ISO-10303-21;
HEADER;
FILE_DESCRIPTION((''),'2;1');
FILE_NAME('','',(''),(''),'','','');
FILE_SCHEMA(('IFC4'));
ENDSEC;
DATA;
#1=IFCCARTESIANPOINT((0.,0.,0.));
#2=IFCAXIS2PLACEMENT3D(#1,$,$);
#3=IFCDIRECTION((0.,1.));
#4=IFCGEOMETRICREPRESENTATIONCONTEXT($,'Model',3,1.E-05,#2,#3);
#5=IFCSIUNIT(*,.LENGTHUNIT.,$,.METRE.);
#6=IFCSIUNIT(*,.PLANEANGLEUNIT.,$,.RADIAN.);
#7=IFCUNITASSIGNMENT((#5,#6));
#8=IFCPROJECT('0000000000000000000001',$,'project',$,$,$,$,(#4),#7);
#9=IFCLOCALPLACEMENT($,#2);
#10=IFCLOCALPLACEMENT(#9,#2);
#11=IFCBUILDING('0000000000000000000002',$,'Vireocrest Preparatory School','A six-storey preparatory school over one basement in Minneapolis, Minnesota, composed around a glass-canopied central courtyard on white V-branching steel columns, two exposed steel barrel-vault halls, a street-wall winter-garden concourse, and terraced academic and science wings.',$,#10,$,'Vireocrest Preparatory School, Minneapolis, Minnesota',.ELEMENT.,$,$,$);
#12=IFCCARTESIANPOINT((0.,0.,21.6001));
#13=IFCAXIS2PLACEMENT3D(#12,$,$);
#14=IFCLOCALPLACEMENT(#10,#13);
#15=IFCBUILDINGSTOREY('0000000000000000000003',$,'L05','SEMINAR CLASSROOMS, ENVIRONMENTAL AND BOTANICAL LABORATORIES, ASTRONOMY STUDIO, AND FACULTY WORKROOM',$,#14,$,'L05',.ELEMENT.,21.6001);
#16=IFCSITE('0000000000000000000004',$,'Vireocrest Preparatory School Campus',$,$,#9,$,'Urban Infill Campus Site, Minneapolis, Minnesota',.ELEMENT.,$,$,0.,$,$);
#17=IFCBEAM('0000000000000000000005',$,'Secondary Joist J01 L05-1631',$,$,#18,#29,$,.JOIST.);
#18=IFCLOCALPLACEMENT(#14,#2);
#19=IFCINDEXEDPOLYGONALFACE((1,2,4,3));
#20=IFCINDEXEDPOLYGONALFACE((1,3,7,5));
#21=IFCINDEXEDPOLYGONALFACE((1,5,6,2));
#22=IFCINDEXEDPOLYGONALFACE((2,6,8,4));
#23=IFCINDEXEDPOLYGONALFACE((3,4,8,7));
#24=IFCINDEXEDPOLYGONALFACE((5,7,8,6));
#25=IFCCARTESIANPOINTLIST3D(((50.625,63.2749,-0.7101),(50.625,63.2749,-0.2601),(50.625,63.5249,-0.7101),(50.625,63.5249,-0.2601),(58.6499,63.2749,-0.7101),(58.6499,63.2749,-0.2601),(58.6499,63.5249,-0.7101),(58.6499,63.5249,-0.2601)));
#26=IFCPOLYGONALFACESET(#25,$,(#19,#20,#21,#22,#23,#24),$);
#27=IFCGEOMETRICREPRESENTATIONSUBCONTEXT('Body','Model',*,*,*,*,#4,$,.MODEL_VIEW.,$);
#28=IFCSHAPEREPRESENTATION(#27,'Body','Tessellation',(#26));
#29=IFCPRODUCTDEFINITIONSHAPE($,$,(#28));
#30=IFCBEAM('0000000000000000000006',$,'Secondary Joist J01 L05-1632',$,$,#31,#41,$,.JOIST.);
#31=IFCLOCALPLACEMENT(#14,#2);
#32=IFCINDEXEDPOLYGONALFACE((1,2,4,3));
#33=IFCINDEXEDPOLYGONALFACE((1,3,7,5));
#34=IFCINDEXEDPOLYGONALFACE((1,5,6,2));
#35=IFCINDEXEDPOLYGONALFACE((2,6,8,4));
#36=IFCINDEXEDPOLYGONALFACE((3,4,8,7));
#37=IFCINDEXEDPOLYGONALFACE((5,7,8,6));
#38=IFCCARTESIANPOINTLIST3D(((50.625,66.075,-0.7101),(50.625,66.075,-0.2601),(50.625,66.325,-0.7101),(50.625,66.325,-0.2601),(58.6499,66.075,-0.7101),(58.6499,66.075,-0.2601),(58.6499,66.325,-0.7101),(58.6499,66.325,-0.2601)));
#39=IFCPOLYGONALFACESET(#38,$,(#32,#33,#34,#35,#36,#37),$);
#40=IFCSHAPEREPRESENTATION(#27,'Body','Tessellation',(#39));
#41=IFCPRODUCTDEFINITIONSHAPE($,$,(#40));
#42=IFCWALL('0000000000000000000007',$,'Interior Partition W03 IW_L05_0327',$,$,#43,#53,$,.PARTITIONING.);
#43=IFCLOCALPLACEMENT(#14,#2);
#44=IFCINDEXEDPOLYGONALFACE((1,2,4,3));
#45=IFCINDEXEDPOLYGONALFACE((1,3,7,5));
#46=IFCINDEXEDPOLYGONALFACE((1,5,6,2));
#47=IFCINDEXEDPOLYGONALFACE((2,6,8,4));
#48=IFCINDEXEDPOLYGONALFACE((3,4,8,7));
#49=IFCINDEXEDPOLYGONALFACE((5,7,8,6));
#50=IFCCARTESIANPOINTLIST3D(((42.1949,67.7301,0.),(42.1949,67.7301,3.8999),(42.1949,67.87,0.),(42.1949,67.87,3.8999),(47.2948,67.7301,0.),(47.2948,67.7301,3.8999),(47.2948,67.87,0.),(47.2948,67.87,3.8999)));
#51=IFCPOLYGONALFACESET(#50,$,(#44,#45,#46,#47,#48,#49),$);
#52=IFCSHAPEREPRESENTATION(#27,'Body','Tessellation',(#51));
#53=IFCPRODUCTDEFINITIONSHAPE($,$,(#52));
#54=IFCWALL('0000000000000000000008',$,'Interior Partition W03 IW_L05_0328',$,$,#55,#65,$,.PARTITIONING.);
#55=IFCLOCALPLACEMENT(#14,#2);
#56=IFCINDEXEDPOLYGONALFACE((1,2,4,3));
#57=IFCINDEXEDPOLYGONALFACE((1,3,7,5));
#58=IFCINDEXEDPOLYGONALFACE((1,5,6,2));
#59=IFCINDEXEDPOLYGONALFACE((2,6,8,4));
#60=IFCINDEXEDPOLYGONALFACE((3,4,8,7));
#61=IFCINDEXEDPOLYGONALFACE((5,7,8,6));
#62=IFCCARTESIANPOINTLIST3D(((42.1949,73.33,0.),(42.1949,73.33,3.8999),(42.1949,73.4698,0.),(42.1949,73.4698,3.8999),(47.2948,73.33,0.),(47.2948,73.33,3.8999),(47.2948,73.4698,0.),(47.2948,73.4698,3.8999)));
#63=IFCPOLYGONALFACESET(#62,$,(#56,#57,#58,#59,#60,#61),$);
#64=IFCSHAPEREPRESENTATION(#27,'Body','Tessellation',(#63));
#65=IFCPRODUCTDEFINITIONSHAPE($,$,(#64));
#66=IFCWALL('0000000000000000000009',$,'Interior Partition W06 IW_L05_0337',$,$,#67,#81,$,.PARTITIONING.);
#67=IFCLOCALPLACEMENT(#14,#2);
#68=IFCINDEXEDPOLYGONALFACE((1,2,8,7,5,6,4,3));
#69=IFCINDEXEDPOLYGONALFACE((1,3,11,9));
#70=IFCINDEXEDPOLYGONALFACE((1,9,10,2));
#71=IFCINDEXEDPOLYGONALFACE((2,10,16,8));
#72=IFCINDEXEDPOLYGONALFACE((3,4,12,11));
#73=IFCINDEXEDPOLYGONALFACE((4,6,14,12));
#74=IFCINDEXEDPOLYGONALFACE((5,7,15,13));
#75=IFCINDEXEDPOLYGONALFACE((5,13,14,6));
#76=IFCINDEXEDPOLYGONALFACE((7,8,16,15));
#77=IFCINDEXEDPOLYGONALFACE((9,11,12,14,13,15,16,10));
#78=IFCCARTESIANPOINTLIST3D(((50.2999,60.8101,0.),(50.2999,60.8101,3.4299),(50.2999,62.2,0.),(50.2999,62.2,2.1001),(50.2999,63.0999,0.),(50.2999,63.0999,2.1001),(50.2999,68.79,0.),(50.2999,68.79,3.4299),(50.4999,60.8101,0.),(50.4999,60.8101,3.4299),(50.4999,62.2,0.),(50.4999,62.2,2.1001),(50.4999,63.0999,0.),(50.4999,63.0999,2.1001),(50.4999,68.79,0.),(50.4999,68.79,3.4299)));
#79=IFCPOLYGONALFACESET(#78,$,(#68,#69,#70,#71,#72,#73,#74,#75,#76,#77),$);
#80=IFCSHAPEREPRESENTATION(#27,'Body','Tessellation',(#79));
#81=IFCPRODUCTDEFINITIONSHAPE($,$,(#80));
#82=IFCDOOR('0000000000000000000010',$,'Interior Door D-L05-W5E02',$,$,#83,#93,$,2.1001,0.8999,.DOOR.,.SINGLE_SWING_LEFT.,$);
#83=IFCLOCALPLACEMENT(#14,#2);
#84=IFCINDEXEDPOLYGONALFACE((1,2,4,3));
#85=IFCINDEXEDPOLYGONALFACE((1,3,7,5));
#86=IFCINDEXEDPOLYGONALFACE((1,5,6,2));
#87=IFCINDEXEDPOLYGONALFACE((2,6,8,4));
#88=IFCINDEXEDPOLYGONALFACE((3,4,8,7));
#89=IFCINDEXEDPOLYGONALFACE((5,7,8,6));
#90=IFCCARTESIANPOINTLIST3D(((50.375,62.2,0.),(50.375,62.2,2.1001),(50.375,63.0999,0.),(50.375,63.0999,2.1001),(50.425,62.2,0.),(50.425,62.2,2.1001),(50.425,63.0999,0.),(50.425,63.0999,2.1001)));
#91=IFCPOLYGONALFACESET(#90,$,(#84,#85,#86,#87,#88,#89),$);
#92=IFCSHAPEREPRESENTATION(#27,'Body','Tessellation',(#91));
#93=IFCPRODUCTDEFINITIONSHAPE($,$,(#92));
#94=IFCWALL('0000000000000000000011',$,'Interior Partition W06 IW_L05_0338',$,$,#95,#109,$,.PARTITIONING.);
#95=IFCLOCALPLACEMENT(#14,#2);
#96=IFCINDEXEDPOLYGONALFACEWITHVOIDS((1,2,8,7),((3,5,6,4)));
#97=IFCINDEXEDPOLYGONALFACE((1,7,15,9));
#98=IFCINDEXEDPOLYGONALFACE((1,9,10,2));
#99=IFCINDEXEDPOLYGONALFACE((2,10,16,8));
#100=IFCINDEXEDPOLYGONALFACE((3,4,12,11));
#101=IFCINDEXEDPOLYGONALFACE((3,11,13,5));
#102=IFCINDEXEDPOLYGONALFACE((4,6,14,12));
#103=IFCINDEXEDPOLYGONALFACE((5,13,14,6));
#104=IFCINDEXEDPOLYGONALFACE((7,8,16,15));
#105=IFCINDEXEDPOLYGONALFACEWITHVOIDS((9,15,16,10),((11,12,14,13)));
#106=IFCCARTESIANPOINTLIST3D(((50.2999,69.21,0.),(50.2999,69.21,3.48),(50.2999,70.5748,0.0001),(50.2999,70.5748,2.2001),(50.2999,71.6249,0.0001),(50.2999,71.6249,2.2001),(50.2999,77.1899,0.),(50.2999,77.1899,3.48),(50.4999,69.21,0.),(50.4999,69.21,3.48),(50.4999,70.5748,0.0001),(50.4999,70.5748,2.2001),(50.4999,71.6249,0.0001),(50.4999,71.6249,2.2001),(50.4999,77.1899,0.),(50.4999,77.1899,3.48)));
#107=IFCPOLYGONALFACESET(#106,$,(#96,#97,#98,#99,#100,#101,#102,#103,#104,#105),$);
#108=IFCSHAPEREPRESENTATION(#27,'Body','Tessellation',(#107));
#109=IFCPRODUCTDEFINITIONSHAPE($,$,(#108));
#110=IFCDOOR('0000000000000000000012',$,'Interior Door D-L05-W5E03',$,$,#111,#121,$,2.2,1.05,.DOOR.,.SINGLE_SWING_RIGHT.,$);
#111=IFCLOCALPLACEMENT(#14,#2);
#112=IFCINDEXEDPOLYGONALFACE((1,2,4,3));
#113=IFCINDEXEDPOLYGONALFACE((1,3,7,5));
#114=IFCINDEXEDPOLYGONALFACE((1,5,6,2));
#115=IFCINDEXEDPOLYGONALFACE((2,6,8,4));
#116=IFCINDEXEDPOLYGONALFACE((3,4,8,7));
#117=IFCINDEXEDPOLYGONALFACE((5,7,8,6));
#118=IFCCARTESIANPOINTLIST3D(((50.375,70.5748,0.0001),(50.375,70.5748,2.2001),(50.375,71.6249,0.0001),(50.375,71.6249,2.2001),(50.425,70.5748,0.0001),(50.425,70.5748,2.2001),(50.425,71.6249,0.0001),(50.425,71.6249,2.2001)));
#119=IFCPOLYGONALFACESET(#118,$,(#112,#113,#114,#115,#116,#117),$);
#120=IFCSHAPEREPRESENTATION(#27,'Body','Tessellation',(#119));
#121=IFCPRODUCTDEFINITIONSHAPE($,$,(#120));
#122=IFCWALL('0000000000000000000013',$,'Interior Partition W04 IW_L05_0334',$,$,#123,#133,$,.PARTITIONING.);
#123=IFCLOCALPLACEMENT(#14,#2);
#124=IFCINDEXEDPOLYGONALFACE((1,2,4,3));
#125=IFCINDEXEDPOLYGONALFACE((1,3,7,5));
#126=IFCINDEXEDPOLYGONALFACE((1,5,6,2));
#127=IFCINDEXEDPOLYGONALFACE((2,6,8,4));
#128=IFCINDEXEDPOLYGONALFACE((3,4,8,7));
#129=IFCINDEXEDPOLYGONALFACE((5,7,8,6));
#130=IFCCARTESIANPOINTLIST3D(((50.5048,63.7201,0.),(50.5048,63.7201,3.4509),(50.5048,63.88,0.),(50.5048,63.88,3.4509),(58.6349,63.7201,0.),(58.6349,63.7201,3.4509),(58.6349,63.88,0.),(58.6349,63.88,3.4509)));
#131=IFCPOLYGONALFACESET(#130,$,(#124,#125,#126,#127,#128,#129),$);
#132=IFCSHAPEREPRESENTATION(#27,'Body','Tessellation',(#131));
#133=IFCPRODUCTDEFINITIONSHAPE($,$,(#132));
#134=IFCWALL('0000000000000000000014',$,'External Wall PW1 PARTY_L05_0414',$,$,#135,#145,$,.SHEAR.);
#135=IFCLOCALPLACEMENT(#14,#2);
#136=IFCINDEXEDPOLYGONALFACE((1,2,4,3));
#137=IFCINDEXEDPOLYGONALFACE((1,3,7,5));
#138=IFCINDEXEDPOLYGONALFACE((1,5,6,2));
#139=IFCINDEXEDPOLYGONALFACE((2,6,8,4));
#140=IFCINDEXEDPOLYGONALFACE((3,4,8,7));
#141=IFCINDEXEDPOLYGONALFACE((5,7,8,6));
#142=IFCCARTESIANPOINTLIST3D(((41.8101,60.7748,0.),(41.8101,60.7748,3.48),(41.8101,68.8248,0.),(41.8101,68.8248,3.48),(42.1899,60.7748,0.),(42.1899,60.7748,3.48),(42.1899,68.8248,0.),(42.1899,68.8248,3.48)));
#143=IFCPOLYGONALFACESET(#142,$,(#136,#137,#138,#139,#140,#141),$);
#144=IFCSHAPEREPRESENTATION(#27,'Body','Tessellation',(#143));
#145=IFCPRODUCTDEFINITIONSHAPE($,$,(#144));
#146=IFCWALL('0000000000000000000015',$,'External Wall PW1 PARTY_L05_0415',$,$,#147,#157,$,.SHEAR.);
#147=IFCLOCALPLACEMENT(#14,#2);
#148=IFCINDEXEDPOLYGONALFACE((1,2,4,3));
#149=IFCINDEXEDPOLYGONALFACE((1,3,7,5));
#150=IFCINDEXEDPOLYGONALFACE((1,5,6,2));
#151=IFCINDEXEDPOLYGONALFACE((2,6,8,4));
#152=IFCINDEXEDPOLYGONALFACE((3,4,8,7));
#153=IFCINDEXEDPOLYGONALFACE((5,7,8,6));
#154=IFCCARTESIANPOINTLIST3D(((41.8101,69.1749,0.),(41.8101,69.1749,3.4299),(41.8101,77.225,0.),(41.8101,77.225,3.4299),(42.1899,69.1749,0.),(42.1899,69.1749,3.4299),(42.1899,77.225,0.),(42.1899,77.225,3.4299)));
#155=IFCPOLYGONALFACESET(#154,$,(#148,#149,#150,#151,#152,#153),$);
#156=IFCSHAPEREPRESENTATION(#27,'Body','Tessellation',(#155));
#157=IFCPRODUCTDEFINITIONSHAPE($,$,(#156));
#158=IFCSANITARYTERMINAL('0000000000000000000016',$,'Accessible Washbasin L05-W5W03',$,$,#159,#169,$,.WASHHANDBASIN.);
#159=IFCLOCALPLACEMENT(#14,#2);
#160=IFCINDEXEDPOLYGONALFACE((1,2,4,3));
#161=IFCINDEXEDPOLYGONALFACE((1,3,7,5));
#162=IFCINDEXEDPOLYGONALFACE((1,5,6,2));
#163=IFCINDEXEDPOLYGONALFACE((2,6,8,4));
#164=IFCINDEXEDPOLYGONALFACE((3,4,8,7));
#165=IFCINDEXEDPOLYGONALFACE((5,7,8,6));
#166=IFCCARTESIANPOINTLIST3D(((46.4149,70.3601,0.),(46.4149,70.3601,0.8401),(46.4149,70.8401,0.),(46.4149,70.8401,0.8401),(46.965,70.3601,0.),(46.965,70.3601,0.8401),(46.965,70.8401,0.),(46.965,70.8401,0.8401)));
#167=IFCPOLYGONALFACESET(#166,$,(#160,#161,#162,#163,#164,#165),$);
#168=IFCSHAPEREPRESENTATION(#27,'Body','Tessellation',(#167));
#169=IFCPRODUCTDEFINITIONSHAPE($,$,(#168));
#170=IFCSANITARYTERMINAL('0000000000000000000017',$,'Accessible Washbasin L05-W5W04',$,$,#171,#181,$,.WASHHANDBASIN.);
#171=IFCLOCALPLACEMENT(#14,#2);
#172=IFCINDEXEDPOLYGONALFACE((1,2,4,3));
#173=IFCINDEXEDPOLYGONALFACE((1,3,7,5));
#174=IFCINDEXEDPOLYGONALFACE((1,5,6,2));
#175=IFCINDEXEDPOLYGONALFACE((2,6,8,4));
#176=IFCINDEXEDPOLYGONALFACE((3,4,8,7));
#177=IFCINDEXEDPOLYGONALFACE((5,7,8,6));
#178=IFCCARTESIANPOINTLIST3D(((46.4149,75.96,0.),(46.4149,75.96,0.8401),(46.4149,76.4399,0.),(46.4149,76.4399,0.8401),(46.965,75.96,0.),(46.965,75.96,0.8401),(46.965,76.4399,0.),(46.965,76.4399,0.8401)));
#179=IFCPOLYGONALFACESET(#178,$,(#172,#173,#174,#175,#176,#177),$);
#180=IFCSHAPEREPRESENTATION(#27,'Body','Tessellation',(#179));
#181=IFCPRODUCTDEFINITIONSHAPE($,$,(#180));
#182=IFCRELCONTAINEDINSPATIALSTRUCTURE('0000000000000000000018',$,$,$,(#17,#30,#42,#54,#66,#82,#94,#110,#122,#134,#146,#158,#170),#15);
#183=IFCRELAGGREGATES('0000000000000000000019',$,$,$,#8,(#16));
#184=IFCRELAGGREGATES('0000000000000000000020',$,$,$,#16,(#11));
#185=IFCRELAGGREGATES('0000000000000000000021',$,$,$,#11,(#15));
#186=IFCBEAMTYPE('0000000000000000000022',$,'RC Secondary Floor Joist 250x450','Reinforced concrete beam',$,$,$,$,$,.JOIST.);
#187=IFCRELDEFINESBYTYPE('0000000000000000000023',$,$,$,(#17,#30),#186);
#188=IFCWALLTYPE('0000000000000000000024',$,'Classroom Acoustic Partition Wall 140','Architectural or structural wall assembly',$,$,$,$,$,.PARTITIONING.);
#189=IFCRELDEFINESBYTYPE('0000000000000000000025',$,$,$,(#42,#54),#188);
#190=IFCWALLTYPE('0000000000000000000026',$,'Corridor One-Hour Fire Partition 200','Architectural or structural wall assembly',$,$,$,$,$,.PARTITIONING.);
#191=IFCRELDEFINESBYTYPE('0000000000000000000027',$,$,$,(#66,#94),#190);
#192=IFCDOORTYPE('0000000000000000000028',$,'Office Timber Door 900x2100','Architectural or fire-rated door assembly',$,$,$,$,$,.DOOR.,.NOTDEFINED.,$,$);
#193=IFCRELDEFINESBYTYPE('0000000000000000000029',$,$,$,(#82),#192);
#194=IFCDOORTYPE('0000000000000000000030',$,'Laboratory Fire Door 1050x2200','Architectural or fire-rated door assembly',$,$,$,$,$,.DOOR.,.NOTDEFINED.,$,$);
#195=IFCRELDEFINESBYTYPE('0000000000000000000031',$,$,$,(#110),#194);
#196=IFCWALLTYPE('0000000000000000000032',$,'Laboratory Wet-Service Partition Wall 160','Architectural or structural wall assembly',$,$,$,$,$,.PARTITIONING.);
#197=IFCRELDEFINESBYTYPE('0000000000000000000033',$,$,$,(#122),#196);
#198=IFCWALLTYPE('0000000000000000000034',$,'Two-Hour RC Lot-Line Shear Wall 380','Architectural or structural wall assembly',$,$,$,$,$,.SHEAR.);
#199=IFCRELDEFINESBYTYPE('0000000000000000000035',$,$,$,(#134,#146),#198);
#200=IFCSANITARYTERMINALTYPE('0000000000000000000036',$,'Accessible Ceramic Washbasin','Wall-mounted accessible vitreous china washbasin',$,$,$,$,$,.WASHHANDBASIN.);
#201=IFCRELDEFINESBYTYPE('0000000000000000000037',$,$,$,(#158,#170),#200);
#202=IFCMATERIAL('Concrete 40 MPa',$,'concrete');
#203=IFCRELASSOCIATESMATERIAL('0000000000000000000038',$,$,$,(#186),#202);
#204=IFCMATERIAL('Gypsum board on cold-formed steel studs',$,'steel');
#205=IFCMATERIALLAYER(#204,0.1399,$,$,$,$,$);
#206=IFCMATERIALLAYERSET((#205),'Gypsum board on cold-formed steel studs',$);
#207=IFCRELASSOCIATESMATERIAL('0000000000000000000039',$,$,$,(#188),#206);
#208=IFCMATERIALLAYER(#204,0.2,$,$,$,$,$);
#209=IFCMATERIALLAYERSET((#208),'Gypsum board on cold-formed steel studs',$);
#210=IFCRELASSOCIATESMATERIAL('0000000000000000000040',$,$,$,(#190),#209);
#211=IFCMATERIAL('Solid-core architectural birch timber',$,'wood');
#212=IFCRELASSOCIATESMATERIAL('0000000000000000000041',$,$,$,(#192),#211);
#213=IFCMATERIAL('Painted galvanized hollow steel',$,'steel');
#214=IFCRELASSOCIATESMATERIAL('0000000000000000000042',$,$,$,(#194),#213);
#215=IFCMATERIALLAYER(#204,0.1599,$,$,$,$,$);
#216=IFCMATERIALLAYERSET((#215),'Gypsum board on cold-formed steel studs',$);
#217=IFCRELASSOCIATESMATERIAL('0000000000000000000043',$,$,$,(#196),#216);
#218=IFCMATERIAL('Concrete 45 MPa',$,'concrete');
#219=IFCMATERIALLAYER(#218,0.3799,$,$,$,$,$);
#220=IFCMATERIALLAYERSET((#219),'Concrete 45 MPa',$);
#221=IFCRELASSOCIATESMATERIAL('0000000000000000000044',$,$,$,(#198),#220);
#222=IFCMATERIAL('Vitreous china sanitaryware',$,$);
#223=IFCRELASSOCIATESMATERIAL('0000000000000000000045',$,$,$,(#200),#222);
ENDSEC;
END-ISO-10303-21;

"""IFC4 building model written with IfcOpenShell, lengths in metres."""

from ifc_helpers import new_model, si_unit, direction, frame, frame_2d, origin, origin_2d, place, context, subcontext, project, spatial, rectangle, extrude, material, layer, layer_set, material_profile, profile_set, type_object, element, fill, save


model = new_model("IFC4")

# Units and contexts
model_context = context("Model", 3, precision=1e-05, world=origin(), true_north=direction((0.0, 1.0)))
body_context = subcontext(model_context, "Body", "Model", "MODEL_VIEW")
ifc_project = project(units=[si_unit("LENGTHUNIT", "METRE"), si_unit("PLANEANGLEUNIT", "RADIAN")], contexts=[model_context])

# Site, building, storey
site_placement = place(None, origin())
site = spatial("IfcSite", under=ifc_project, at=site_placement, Name="Vireocrest Preparatory School Campus", LongName="Urban Infill Campus Site, Minneapolis, Minnesota", CompositionType="ELEMENT", RefElevation=0.0)
building_placement = place(site_placement, origin())
building = spatial("IfcBuilding", under=site, at=building_placement, Name="Vireocrest Preparatory School", Description="A six-storey preparatory school over one basement in Minneapolis, Minnesota, composed around a glass-canopied central courtyard on white V-branching steel columns, two exposed steel barrel-vault halls, a street-wall winter-garden concourse, and terraced academic and science wings.", LongName="Vireocrest Preparatory School, Minneapolis, Minnesota", CompositionType="ELEMENT")
storey_placement = place(building_placement, frame((0.0, 0.0, 21.6001)))
storey = spatial("IfcBuildingStorey", under=building, at=storey_placement, Name="L05", Description="SEMINAR CLASSROOMS, ENVIRONMENTAL AND BOTANICAL LABORATORIES, ASTRONOMY STUDIO, AND FACULTY WORKROOM", LongName="L05", CompositionType="ELEMENT", Elevation=21.6001)

# Shared definitions
ifc_material_1 = material(Name="Concrete 45 MPa", Category="concrete")

# Beams
ifc_material_2 = material(Name="Concrete 40 MPa", Category="concrete")
ifc_material_profile_1 = material_profile(ifc_material_2, rectangle(XDim=0.25, YDim=0.45, at=origin_2d()), Name="RC 250x450")
ifc_profile_set_1 = profile_set([ifc_material_profile_1], Name="Concrete 40 MPa")
beam_type_1 = type_object("IfcBeamType", Name="RC Secondary Floor Joist 250x450", Description="Reinforced concrete beam", PredefinedType="JOIST", material=ifc_profile_set_1)
for number, where, z_axis, x_axis, name in (
    (1, (50.625, 63.3999, -0.4851), (1.0, 0.0, 0.0), (0.0, 1.0, 0.0), "Secondary Joist J01 L05-1631"),
    (2, (50.625, 66.2, -0.4851), (1.0, 0.0, 0.0), (0.0, 1.0, 0.0), "Secondary Joist J01 L05-1632"),
):
    element("IfcBeam", number, at=place(storey_placement, frame(where, z_axis=z_axis, x_axis=x_axis)), inside=storey, type_object=beam_type_1, Name=name, PredefinedType="JOIST", context=body_context, shape_type="SweptSolid", body=[
        extrude(rectangle(XDim=0.25, YDim=0.45, at=origin_2d()), origin(), (0.0, 0.0, 1.0), 8.0249),
    ])

# Walls
ifc_material_3 = material(Name="Gypsum board on cold-formed steel studs", Category="steel")
ifc_layer_1 = layer(ifc_material_3, 0.1399)
ifc_layer_set_1 = layer_set([ifc_layer_1], Name="Gypsum board on cold-formed steel studs")
wall_type_1 = type_object("IfcWallType", Name="Classroom Acoustic Partition Wall 140", Description="Architectural or structural wall assembly", PredefinedType="PARTITIONING", material=ifc_layer_set_1)
for number, where, z_axis, x_axis, name in (
    (3, (42.1951, 67.8, 0.0), (0.0, 0.0, 1.0), (1.0, 0.0, 0.0), "Interior Partition W03 IW_L05_0327"),
    (4, (42.1951, 73.3999, 0.0), (0.0, 0.0, 1.0), (1.0, 0.0, 0.0), "Interior Partition W03 IW_L05_0328"),
):
    element("IfcWall", number, at=place(storey_placement, frame(where, z_axis=z_axis, x_axis=x_axis)), inside=storey, type_object=wall_type_1, Name=name, PredefinedType="PARTITIONING", context=body_context, shape_type="SweptSolid", body=[
        extrude(rectangle(XDim=5.0999, YDim=0.1399, at=frame_2d((2.5498, 0.0))), origin(), (0.0, 0.0, 1.0), 3.8999),
    ])

# Walls, openings, doors
ifc_layer_2 = layer(ifc_material_3, 0.2)
ifc_layer_set_2 = layer_set([ifc_layer_2], Name="Gypsum board on cold-formed steel studs")
wall_type_2 = type_object("IfcWallType", Name="Corridor One-Hour Fire Partition 200", Description="Architectural or structural wall assembly", PredefinedType="PARTITIONING", material=ifc_layer_set_2)
wall_1_placement = place(storey_placement, frame((50.3999, 60.8101, 0.0), z_axis=(0.0, 0.0, 1.0), x_axis=(0.0, 1.0, 0.0)))
wall_1 = element("IfcWall", 5, at=wall_1_placement, inside=storey, type_object=wall_type_2, Name="Interior Partition W06 IW_L05_0337", PredefinedType="PARTITIONING", context=body_context, shape_type="SweptSolid", body=[
    extrude(rectangle(XDim=7.98, YDim=0.2, at=frame_2d((3.99, 0.0))), origin(), (0.0, 0.0, 1.0), 3.4299),
])
opening_1_placement = place(wall_1_placement, frame((1.3899, 0.0, 0.0)))
opening_1 = element("IfcOpeningElement", 6, at=opening_1_placement, cuts=wall_1, PredefinedType="OPENING", context=body_context, shape_type="SweptSolid", body=[
    extrude(rectangle(XDim=0.8999, YDim=2.1001, at=frame_2d((0.45, 1.05))), frame((0.0, 0.1099, 0.0), z_axis=(0.0, -1.0, 0.0), x_axis=(1.0, 0.0, 0.0)), (0.0, 0.0, 1.0), 0.22),
])
ifc_material_4 = material(Name="Solid-core architectural birch timber", Category="wood")
door_type_1 = type_object("IfcDoorType", Name="Office Timber Door 900x2100", Description="Architectural or fire-rated door assembly", OperationType="NOTDEFINED", PredefinedType="DOOR", material=ifc_material_4)
door_1_placement = place(opening_1_placement, origin())
door_1 = element("IfcDoor", 7, at=door_1_placement, inside=storey, type_object=door_type_1, Name="Interior Door D-L05-W5E02", OperationType="SINGLE_SWING_LEFT", OverallHeight=2.1001, OverallWidth=0.8999, PredefinedType="DOOR", context=body_context, shape_type="SweptSolid", body=[
    extrude(rectangle(XDim=0.8999, YDim=2.1001, at=frame_2d((0.45, 1.05))), frame((0.0, 0.0249, 0.0), z_axis=(0.0, -1.0, 0.0), x_axis=(1.0, 0.0, 0.0)), (0.0, 0.0, 1.0), 0.05),
])
fill(opening_1, door_1)
wall_2_placement = place(storey_placement, frame((50.3999, 69.21, 0.0), z_axis=(0.0, 0.0, 1.0), x_axis=(0.0, 1.0, 0.0)))
wall_2 = element("IfcWall", 8, at=wall_2_placement, inside=storey, type_object=wall_type_2, Name="Interior Partition W06 IW_L05_0338", PredefinedType="PARTITIONING", context=body_context, shape_type="SweptSolid", body=[
    extrude(rectangle(XDim=7.98, YDim=0.2, at=frame_2d((3.99, 0.0))), origin(), (0.0, 0.0, 1.0), 3.48),
])
opening_2_placement = place(wall_2_placement, frame((1.365, 0.0, 0.0)))
opening_2 = element("IfcOpeningElement", 9, at=opening_2_placement, cuts=wall_2, PredefinedType="OPENING", context=body_context, shape_type="SweptSolid", body=[
    extrude(rectangle(XDim=1.05, YDim=2.2, at=frame_2d((0.5249, 1.1001))), frame((0.0, 0.1099, 0.0), z_axis=(0.0, -1.0, 0.0), x_axis=(1.0, 0.0, 0.0)), (0.0, 0.0, 1.0), 0.22),
])
ifc_material_5 = material(Name="Painted galvanized hollow steel", Category="steel")
door_type_2 = type_object("IfcDoorType", Name="Laboratory Fire Door 1050x2200", Description="Architectural or fire-rated door assembly", OperationType="NOTDEFINED", PredefinedType="DOOR", material=ifc_material_5)
door_2_placement = place(opening_2_placement, origin())
door_2 = element("IfcDoor", 10, at=door_2_placement, inside=storey, type_object=door_type_2, Name="Interior Door D-L05-W5E03", OperationType="SINGLE_SWING_RIGHT", OverallHeight=2.2, OverallWidth=1.05, PredefinedType="DOOR", context=body_context, shape_type="SweptSolid", body=[
    extrude(rectangle(XDim=1.05, YDim=2.2, at=frame_2d((0.5249, 1.1001))), frame((0.0, 0.0249, 0.0), z_axis=(0.0, -1.0, 0.0), x_axis=(1.0, 0.0, 0.0)), (0.0, 0.0, 1.0), 0.05),
])
fill(opening_2, door_2)

# Walls
ifc_layer_3 = layer(ifc_material_3, 0.1599)
ifc_layer_set_3 = layer_set([ifc_layer_3], Name="Gypsum board on cold-formed steel studs")
wall_type_3 = type_object("IfcWallType", Name="Laboratory Wet-Service Partition Wall 160", Description="Architectural or structural wall assembly", PredefinedType="PARTITIONING", material=ifc_layer_set_3)
wall_3_placement = place(storey_placement, frame((50.5049, 63.8, 0.0), z_axis=(0.0, 0.0, 1.0), x_axis=(1.0, 0.0, 0.0)))
element("IfcWall", 11, at=wall_3_placement, inside=storey, type_object=wall_type_3, Name="Interior Partition W04 IW_L05_0334", PredefinedType="PARTITIONING", context=body_context, shape_type="SweptSolid", body=[
    extrude(rectangle(XDim=8.1301, YDim=0.1599, at=frame_2d((4.0649, 0.0))), origin(), (0.0, 0.0, 1.0), 3.4509),
])
ifc_layer_4 = layer(ifc_material_1, 0.3799)
ifc_layer_set_4 = layer_set([ifc_layer_4], Name="Concrete 45 MPa")
wall_type_4 = type_object("IfcWallType", Name="Two-Hour RC Lot-Line Shear Wall 380", Description="Architectural or structural wall assembly", PredefinedType="SHEAR", material=ifc_layer_set_4)
wall_4_placement = place(storey_placement, frame((42.0, 60.7749, 0.0), z_axis=(0.0, 0.0, 1.0), x_axis=(0.0, 1.0, 0.0)))
element("IfcWall", 12, at=wall_4_placement, inside=storey, type_object=wall_type_4, Name="External Wall PW1 PARTY_L05_0414", PredefinedType="SHEAR", context=body_context, shape_type="SweptSolid", body=[
    extrude(rectangle(XDim=8.05, YDim=0.3799, at=frame_2d((4.0249, 0.0))), origin(), (0.0, 0.0, 1.0), 3.48),
])
wall_5_placement = place(storey_placement, frame((42.0, 69.175, 0.0), z_axis=(0.0, 0.0, 1.0), x_axis=(0.0, 1.0, 0.0)))
element("IfcWall", 13, at=wall_5_placement, inside=storey, type_object=wall_type_4, Name="External Wall PW1 PARTY_L05_0415", PredefinedType="SHEAR", context=body_context, shape_type="SweptSolid", body=[
    extrude(rectangle(XDim=8.05, YDim=0.3799, at=frame_2d((4.0249, 0.0))), origin(), (0.0, 0.0, 1.0), 3.4299),
])

# Sanitary terminals
ifc_material_6 = material(Name="Vitreous china sanitaryware")
sanitary_terminal_type_1 = type_object("IfcSanitaryTerminalType", Name="Accessible Ceramic Washbasin", Description="Wall-mounted accessible vitreous china washbasin", PredefinedType="WASHHANDBASIN", material=ifc_material_6)
for number, where, z_axis, x_axis, name in (
    (14, (46.6899, 70.6001, 0.0), (0.0, 0.0, 1.0), (1.0, 0.0, 0.0), "Accessible Washbasin L05-W5W03"),
    (15, (46.6899, 76.2, 0.0), (0.0, 0.0, 1.0), (1.0, 0.0, 0.0), "Accessible Washbasin L05-W5W04"),
):
    element("IfcSanitaryTerminal", number, at=place(storey_placement, frame(where, z_axis=z_axis, x_axis=x_axis)), inside=storey, type_object=sanitary_terminal_type_1, Name=name, PredefinedType="WASHHANDBASIN", context=body_context, shape_type="SweptSolid", body=[
        extrude(rectangle(XDim=0.55, YDim=0.48, at=origin_2d()), origin(), (0.0, 0.0, 1.0), 0.8401),
    ])

save(model, "model.ifc")
